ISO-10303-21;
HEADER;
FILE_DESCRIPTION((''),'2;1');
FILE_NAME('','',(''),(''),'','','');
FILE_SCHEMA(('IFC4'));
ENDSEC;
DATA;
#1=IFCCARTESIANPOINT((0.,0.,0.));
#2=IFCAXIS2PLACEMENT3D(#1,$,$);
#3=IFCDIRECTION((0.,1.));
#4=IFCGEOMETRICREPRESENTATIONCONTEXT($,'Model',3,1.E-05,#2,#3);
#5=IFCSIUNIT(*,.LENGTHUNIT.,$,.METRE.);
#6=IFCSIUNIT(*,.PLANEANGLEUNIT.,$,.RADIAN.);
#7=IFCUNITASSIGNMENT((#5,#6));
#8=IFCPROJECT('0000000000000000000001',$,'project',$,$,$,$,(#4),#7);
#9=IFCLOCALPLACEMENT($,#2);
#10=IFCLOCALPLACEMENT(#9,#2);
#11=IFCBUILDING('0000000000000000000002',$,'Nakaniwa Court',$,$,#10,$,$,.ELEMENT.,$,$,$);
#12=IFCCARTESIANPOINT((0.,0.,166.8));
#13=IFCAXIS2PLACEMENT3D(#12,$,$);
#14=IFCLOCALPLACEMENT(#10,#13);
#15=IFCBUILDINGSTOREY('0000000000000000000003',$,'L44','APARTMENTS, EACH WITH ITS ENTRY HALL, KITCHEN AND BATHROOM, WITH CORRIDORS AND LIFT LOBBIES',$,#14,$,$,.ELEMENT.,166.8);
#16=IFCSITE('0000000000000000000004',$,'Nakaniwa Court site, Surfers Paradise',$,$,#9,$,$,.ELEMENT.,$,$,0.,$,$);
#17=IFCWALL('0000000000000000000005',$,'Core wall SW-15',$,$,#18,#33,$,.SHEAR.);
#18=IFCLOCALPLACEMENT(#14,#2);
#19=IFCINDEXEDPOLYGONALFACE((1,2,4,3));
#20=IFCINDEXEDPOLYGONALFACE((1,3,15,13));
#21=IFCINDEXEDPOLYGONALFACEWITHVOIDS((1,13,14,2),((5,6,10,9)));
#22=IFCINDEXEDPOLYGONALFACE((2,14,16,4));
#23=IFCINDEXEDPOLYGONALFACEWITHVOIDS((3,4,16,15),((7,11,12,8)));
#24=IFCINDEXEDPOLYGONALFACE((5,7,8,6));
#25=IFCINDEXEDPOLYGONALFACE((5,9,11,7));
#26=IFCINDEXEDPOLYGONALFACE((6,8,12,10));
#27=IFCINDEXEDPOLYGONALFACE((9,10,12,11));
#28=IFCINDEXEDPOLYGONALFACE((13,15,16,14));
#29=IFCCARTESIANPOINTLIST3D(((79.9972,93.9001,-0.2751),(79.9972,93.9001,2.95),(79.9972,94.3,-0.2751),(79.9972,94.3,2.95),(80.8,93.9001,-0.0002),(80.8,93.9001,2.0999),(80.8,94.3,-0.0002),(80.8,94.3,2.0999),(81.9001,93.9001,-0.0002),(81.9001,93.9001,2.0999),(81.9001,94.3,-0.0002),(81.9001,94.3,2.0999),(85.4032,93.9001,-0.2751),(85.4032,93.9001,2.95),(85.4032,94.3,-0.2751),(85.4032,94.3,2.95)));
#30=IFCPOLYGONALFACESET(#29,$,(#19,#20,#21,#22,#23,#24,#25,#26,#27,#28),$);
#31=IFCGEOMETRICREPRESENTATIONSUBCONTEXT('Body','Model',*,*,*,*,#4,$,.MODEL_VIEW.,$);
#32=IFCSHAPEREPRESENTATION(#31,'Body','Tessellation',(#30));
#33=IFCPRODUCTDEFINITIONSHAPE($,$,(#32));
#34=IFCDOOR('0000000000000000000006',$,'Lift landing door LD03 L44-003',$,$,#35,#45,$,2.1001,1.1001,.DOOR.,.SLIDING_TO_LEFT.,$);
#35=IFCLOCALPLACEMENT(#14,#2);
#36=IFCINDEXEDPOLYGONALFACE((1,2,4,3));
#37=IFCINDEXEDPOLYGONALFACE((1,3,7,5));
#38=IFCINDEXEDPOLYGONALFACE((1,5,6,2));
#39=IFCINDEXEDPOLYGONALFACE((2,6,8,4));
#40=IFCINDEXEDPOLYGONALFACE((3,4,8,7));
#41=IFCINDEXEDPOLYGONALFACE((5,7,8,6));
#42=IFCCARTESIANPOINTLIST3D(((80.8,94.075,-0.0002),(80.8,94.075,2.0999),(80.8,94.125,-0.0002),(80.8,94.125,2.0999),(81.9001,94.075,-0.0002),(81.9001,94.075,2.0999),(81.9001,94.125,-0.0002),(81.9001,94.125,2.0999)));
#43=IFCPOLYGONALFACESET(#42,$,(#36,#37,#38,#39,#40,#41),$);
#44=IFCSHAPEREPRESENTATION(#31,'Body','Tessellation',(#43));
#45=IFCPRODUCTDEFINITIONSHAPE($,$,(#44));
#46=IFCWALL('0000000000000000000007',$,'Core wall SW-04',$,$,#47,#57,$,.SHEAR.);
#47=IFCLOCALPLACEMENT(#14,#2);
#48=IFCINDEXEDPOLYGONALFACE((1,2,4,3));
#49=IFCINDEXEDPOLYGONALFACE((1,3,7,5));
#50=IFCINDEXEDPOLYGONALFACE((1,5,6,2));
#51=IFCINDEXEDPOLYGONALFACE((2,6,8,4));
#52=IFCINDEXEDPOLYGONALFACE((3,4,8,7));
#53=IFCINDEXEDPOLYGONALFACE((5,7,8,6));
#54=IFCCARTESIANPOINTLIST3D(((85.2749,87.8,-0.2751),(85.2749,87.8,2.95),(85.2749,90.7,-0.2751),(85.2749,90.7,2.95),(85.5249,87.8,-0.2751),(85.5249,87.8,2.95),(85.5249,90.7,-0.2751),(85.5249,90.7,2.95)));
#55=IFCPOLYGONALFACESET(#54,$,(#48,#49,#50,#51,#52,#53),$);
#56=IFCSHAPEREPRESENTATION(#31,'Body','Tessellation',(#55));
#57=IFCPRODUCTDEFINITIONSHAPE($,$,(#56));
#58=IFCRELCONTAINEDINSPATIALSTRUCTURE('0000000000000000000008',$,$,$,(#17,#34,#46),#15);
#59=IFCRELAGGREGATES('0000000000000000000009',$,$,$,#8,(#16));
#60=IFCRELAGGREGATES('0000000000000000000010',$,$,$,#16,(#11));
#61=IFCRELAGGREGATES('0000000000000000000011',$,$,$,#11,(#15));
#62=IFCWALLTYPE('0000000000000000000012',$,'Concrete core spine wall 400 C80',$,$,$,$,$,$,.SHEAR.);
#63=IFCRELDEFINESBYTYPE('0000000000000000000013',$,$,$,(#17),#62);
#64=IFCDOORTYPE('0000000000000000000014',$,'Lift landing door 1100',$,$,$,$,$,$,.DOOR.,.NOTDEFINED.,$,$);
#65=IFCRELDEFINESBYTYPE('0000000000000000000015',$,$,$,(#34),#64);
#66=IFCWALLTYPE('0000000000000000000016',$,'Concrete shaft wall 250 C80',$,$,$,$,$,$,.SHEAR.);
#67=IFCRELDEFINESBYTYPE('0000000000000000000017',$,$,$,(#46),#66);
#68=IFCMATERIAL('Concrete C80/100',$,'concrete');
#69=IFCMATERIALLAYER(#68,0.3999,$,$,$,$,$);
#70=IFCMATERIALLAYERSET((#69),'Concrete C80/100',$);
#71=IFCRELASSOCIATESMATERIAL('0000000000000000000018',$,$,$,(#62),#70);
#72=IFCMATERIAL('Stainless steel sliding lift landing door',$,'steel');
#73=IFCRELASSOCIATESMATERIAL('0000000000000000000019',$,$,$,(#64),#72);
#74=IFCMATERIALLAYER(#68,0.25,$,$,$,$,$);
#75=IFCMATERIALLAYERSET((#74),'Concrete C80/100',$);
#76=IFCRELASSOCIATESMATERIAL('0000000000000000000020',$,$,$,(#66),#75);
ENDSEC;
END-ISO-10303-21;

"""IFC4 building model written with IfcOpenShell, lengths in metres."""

from ifc_helpers import new_model, si_unit, direction, frame, frame_2d, origin, place, context, subcontext, project, spatial, rectangle, extrude, material, layer, layer_set, type_object, element, fill, save


model = new_model("IFC4")

# Units and contexts
model_context = context("Model", 3, precision=1e-05, world=origin(), true_north=direction((0.0, 1.0)))
body_context = subcontext(model_context, "Body", "Model", "MODEL_VIEW")
ifc_project = project(units=[si_unit("LENGTHUNIT", "METRE"), si_unit("PLANEANGLEUNIT", "RADIAN")], contexts=[model_context])

# Site, building, storey
site_placement = place(None, origin())
site = spatial("IfcSite", under=ifc_project, at=site_placement, Name="Nakaniwa Court site, Surfers Paradise", CompositionType="ELEMENT", RefElevation=0.0)
building_placement = place(site_placement, origin())
building = spatial("IfcBuilding", under=site, at=building_placement, Name="Nakaniwa Court", CompositionType="ELEMENT")
storey_placement = place(building_placement, frame((0.0, 0.0, 166.8)))
storey = spatial("IfcBuildingStorey", under=building, at=storey_placement, Name="L44", Description="APARTMENTS, EACH WITH ITS ENTRY HALL, KITCHEN AND BATHROOM, WITH CORRIDORS AND LIFT LOBBIES", CompositionType="ELEMENT", Elevation=166.8)

# Shared definitions
ifc_material_1 = material(Name="Concrete C80/100", Category="concrete")

# Wall, opening, door
ifc_layer_1 = layer(ifc_material_1, 0.3999)
ifc_layer_set_1 = layer_set([ifc_layer_1], Name="Concrete C80/100")
wall_type_1 = type_object("IfcWallType", Name="Concrete core spine wall 400 C80", PredefinedType="SHEAR", material=ifc_layer_set_1)
ifc_material_2 = material(Name="Stainless steel sliding lift landing door", Category="steel")
door_type_1 = type_object("IfcDoorType", Name="Lift landing door 1100", OperationType="NOTDEFINED", PredefinedType="DOOR", material=ifc_material_2)
wall_1_placement = place(storey_placement, frame((79.9971, 94.1001, -0.2751), z_axis=(0.0, 0.0, 1.0), x_axis=(1.0, 0.0, 0.0)))
wall_1 = element("IfcWall", 1, at=wall_1_placement, inside=storey, type_object=wall_type_1, Name="Core wall SW-15", PredefinedType="SHEAR", context=body_context, shape_type="SweptSolid", body=[
    extrude(rectangle(XDim=5.406, YDim=0.3999, at=frame_2d((2.7031, 0.0))), origin(), (0.0, 0.0, 1.0), 3.2251),
])
opening_1_placement = place(wall_1_placement, frame((0.803, 0.0, 0.2749)))
opening_1 = element("IfcOpeningElement", 2, at=opening_1_placement, cuts=wall_1, PredefinedType="OPENING", context=body_context, shape_type="SweptSolid", body=[
    extrude(rectangle(XDim=1.1001, YDim=2.1001, at=frame_2d((0.55, 1.05))), frame((0.0, 0.21, 0.0), z_axis=(0.0, -1.0, 0.0), x_axis=(1.0, 0.0, 0.0)), (0.0, 0.0, 1.0), 0.4199),
])
door_1_placement = place(opening_1_placement, origin())
door_1 = element("IfcDoor", 3, at=door_1_placement, inside=storey, type_object=door_type_1, Name="Lift landing door LD03 L44-003", OperationType="SLIDING_TO_LEFT", OverallHeight=2.1001, OverallWidth=1.1001, PredefinedType="DOOR", context=body_context, shape_type="SweptSolid", body=[
    extrude(rectangle(XDim=1.1001, YDim=2.1001, at=frame_2d((0.55, 1.05))), frame((0.0, 0.0249, 0.0), z_axis=(0.0, -1.0, 0.0), x_axis=(1.0, 0.0, 0.0)), (0.0, 0.0, 1.0), 0.05),
])
fill(opening_1, door_1)

# Wall
ifc_layer_2 = layer(ifc_material_1, 0.25)
ifc_layer_set_2 = layer_set([ifc_layer_2], Name="Concrete C80/100")
wall_type_2 = type_object("IfcWallType", Name="Concrete shaft wall 250 C80", PredefinedType="SHEAR", material=ifc_layer_set_2)
wall_2_placement = place(storey_placement, frame((85.3999, 87.8, -0.2751), z_axis=(0.0, 0.0, 1.0), x_axis=(0.0, 1.0, 0.0)))
element("IfcWall", 4, at=wall_2_placement, inside=storey, type_object=wall_type_2, Name="Core wall SW-04", PredefinedType="SHEAR", context=body_context, shape_type="SweptSolid", body=[
    extrude(rectangle(XDim=2.8999, YDim=0.25, at=frame_2d((1.45, 0.0))), origin(), (0.0, 0.0, 1.0), 3.2251),
])

save(model, "model.ifc")
